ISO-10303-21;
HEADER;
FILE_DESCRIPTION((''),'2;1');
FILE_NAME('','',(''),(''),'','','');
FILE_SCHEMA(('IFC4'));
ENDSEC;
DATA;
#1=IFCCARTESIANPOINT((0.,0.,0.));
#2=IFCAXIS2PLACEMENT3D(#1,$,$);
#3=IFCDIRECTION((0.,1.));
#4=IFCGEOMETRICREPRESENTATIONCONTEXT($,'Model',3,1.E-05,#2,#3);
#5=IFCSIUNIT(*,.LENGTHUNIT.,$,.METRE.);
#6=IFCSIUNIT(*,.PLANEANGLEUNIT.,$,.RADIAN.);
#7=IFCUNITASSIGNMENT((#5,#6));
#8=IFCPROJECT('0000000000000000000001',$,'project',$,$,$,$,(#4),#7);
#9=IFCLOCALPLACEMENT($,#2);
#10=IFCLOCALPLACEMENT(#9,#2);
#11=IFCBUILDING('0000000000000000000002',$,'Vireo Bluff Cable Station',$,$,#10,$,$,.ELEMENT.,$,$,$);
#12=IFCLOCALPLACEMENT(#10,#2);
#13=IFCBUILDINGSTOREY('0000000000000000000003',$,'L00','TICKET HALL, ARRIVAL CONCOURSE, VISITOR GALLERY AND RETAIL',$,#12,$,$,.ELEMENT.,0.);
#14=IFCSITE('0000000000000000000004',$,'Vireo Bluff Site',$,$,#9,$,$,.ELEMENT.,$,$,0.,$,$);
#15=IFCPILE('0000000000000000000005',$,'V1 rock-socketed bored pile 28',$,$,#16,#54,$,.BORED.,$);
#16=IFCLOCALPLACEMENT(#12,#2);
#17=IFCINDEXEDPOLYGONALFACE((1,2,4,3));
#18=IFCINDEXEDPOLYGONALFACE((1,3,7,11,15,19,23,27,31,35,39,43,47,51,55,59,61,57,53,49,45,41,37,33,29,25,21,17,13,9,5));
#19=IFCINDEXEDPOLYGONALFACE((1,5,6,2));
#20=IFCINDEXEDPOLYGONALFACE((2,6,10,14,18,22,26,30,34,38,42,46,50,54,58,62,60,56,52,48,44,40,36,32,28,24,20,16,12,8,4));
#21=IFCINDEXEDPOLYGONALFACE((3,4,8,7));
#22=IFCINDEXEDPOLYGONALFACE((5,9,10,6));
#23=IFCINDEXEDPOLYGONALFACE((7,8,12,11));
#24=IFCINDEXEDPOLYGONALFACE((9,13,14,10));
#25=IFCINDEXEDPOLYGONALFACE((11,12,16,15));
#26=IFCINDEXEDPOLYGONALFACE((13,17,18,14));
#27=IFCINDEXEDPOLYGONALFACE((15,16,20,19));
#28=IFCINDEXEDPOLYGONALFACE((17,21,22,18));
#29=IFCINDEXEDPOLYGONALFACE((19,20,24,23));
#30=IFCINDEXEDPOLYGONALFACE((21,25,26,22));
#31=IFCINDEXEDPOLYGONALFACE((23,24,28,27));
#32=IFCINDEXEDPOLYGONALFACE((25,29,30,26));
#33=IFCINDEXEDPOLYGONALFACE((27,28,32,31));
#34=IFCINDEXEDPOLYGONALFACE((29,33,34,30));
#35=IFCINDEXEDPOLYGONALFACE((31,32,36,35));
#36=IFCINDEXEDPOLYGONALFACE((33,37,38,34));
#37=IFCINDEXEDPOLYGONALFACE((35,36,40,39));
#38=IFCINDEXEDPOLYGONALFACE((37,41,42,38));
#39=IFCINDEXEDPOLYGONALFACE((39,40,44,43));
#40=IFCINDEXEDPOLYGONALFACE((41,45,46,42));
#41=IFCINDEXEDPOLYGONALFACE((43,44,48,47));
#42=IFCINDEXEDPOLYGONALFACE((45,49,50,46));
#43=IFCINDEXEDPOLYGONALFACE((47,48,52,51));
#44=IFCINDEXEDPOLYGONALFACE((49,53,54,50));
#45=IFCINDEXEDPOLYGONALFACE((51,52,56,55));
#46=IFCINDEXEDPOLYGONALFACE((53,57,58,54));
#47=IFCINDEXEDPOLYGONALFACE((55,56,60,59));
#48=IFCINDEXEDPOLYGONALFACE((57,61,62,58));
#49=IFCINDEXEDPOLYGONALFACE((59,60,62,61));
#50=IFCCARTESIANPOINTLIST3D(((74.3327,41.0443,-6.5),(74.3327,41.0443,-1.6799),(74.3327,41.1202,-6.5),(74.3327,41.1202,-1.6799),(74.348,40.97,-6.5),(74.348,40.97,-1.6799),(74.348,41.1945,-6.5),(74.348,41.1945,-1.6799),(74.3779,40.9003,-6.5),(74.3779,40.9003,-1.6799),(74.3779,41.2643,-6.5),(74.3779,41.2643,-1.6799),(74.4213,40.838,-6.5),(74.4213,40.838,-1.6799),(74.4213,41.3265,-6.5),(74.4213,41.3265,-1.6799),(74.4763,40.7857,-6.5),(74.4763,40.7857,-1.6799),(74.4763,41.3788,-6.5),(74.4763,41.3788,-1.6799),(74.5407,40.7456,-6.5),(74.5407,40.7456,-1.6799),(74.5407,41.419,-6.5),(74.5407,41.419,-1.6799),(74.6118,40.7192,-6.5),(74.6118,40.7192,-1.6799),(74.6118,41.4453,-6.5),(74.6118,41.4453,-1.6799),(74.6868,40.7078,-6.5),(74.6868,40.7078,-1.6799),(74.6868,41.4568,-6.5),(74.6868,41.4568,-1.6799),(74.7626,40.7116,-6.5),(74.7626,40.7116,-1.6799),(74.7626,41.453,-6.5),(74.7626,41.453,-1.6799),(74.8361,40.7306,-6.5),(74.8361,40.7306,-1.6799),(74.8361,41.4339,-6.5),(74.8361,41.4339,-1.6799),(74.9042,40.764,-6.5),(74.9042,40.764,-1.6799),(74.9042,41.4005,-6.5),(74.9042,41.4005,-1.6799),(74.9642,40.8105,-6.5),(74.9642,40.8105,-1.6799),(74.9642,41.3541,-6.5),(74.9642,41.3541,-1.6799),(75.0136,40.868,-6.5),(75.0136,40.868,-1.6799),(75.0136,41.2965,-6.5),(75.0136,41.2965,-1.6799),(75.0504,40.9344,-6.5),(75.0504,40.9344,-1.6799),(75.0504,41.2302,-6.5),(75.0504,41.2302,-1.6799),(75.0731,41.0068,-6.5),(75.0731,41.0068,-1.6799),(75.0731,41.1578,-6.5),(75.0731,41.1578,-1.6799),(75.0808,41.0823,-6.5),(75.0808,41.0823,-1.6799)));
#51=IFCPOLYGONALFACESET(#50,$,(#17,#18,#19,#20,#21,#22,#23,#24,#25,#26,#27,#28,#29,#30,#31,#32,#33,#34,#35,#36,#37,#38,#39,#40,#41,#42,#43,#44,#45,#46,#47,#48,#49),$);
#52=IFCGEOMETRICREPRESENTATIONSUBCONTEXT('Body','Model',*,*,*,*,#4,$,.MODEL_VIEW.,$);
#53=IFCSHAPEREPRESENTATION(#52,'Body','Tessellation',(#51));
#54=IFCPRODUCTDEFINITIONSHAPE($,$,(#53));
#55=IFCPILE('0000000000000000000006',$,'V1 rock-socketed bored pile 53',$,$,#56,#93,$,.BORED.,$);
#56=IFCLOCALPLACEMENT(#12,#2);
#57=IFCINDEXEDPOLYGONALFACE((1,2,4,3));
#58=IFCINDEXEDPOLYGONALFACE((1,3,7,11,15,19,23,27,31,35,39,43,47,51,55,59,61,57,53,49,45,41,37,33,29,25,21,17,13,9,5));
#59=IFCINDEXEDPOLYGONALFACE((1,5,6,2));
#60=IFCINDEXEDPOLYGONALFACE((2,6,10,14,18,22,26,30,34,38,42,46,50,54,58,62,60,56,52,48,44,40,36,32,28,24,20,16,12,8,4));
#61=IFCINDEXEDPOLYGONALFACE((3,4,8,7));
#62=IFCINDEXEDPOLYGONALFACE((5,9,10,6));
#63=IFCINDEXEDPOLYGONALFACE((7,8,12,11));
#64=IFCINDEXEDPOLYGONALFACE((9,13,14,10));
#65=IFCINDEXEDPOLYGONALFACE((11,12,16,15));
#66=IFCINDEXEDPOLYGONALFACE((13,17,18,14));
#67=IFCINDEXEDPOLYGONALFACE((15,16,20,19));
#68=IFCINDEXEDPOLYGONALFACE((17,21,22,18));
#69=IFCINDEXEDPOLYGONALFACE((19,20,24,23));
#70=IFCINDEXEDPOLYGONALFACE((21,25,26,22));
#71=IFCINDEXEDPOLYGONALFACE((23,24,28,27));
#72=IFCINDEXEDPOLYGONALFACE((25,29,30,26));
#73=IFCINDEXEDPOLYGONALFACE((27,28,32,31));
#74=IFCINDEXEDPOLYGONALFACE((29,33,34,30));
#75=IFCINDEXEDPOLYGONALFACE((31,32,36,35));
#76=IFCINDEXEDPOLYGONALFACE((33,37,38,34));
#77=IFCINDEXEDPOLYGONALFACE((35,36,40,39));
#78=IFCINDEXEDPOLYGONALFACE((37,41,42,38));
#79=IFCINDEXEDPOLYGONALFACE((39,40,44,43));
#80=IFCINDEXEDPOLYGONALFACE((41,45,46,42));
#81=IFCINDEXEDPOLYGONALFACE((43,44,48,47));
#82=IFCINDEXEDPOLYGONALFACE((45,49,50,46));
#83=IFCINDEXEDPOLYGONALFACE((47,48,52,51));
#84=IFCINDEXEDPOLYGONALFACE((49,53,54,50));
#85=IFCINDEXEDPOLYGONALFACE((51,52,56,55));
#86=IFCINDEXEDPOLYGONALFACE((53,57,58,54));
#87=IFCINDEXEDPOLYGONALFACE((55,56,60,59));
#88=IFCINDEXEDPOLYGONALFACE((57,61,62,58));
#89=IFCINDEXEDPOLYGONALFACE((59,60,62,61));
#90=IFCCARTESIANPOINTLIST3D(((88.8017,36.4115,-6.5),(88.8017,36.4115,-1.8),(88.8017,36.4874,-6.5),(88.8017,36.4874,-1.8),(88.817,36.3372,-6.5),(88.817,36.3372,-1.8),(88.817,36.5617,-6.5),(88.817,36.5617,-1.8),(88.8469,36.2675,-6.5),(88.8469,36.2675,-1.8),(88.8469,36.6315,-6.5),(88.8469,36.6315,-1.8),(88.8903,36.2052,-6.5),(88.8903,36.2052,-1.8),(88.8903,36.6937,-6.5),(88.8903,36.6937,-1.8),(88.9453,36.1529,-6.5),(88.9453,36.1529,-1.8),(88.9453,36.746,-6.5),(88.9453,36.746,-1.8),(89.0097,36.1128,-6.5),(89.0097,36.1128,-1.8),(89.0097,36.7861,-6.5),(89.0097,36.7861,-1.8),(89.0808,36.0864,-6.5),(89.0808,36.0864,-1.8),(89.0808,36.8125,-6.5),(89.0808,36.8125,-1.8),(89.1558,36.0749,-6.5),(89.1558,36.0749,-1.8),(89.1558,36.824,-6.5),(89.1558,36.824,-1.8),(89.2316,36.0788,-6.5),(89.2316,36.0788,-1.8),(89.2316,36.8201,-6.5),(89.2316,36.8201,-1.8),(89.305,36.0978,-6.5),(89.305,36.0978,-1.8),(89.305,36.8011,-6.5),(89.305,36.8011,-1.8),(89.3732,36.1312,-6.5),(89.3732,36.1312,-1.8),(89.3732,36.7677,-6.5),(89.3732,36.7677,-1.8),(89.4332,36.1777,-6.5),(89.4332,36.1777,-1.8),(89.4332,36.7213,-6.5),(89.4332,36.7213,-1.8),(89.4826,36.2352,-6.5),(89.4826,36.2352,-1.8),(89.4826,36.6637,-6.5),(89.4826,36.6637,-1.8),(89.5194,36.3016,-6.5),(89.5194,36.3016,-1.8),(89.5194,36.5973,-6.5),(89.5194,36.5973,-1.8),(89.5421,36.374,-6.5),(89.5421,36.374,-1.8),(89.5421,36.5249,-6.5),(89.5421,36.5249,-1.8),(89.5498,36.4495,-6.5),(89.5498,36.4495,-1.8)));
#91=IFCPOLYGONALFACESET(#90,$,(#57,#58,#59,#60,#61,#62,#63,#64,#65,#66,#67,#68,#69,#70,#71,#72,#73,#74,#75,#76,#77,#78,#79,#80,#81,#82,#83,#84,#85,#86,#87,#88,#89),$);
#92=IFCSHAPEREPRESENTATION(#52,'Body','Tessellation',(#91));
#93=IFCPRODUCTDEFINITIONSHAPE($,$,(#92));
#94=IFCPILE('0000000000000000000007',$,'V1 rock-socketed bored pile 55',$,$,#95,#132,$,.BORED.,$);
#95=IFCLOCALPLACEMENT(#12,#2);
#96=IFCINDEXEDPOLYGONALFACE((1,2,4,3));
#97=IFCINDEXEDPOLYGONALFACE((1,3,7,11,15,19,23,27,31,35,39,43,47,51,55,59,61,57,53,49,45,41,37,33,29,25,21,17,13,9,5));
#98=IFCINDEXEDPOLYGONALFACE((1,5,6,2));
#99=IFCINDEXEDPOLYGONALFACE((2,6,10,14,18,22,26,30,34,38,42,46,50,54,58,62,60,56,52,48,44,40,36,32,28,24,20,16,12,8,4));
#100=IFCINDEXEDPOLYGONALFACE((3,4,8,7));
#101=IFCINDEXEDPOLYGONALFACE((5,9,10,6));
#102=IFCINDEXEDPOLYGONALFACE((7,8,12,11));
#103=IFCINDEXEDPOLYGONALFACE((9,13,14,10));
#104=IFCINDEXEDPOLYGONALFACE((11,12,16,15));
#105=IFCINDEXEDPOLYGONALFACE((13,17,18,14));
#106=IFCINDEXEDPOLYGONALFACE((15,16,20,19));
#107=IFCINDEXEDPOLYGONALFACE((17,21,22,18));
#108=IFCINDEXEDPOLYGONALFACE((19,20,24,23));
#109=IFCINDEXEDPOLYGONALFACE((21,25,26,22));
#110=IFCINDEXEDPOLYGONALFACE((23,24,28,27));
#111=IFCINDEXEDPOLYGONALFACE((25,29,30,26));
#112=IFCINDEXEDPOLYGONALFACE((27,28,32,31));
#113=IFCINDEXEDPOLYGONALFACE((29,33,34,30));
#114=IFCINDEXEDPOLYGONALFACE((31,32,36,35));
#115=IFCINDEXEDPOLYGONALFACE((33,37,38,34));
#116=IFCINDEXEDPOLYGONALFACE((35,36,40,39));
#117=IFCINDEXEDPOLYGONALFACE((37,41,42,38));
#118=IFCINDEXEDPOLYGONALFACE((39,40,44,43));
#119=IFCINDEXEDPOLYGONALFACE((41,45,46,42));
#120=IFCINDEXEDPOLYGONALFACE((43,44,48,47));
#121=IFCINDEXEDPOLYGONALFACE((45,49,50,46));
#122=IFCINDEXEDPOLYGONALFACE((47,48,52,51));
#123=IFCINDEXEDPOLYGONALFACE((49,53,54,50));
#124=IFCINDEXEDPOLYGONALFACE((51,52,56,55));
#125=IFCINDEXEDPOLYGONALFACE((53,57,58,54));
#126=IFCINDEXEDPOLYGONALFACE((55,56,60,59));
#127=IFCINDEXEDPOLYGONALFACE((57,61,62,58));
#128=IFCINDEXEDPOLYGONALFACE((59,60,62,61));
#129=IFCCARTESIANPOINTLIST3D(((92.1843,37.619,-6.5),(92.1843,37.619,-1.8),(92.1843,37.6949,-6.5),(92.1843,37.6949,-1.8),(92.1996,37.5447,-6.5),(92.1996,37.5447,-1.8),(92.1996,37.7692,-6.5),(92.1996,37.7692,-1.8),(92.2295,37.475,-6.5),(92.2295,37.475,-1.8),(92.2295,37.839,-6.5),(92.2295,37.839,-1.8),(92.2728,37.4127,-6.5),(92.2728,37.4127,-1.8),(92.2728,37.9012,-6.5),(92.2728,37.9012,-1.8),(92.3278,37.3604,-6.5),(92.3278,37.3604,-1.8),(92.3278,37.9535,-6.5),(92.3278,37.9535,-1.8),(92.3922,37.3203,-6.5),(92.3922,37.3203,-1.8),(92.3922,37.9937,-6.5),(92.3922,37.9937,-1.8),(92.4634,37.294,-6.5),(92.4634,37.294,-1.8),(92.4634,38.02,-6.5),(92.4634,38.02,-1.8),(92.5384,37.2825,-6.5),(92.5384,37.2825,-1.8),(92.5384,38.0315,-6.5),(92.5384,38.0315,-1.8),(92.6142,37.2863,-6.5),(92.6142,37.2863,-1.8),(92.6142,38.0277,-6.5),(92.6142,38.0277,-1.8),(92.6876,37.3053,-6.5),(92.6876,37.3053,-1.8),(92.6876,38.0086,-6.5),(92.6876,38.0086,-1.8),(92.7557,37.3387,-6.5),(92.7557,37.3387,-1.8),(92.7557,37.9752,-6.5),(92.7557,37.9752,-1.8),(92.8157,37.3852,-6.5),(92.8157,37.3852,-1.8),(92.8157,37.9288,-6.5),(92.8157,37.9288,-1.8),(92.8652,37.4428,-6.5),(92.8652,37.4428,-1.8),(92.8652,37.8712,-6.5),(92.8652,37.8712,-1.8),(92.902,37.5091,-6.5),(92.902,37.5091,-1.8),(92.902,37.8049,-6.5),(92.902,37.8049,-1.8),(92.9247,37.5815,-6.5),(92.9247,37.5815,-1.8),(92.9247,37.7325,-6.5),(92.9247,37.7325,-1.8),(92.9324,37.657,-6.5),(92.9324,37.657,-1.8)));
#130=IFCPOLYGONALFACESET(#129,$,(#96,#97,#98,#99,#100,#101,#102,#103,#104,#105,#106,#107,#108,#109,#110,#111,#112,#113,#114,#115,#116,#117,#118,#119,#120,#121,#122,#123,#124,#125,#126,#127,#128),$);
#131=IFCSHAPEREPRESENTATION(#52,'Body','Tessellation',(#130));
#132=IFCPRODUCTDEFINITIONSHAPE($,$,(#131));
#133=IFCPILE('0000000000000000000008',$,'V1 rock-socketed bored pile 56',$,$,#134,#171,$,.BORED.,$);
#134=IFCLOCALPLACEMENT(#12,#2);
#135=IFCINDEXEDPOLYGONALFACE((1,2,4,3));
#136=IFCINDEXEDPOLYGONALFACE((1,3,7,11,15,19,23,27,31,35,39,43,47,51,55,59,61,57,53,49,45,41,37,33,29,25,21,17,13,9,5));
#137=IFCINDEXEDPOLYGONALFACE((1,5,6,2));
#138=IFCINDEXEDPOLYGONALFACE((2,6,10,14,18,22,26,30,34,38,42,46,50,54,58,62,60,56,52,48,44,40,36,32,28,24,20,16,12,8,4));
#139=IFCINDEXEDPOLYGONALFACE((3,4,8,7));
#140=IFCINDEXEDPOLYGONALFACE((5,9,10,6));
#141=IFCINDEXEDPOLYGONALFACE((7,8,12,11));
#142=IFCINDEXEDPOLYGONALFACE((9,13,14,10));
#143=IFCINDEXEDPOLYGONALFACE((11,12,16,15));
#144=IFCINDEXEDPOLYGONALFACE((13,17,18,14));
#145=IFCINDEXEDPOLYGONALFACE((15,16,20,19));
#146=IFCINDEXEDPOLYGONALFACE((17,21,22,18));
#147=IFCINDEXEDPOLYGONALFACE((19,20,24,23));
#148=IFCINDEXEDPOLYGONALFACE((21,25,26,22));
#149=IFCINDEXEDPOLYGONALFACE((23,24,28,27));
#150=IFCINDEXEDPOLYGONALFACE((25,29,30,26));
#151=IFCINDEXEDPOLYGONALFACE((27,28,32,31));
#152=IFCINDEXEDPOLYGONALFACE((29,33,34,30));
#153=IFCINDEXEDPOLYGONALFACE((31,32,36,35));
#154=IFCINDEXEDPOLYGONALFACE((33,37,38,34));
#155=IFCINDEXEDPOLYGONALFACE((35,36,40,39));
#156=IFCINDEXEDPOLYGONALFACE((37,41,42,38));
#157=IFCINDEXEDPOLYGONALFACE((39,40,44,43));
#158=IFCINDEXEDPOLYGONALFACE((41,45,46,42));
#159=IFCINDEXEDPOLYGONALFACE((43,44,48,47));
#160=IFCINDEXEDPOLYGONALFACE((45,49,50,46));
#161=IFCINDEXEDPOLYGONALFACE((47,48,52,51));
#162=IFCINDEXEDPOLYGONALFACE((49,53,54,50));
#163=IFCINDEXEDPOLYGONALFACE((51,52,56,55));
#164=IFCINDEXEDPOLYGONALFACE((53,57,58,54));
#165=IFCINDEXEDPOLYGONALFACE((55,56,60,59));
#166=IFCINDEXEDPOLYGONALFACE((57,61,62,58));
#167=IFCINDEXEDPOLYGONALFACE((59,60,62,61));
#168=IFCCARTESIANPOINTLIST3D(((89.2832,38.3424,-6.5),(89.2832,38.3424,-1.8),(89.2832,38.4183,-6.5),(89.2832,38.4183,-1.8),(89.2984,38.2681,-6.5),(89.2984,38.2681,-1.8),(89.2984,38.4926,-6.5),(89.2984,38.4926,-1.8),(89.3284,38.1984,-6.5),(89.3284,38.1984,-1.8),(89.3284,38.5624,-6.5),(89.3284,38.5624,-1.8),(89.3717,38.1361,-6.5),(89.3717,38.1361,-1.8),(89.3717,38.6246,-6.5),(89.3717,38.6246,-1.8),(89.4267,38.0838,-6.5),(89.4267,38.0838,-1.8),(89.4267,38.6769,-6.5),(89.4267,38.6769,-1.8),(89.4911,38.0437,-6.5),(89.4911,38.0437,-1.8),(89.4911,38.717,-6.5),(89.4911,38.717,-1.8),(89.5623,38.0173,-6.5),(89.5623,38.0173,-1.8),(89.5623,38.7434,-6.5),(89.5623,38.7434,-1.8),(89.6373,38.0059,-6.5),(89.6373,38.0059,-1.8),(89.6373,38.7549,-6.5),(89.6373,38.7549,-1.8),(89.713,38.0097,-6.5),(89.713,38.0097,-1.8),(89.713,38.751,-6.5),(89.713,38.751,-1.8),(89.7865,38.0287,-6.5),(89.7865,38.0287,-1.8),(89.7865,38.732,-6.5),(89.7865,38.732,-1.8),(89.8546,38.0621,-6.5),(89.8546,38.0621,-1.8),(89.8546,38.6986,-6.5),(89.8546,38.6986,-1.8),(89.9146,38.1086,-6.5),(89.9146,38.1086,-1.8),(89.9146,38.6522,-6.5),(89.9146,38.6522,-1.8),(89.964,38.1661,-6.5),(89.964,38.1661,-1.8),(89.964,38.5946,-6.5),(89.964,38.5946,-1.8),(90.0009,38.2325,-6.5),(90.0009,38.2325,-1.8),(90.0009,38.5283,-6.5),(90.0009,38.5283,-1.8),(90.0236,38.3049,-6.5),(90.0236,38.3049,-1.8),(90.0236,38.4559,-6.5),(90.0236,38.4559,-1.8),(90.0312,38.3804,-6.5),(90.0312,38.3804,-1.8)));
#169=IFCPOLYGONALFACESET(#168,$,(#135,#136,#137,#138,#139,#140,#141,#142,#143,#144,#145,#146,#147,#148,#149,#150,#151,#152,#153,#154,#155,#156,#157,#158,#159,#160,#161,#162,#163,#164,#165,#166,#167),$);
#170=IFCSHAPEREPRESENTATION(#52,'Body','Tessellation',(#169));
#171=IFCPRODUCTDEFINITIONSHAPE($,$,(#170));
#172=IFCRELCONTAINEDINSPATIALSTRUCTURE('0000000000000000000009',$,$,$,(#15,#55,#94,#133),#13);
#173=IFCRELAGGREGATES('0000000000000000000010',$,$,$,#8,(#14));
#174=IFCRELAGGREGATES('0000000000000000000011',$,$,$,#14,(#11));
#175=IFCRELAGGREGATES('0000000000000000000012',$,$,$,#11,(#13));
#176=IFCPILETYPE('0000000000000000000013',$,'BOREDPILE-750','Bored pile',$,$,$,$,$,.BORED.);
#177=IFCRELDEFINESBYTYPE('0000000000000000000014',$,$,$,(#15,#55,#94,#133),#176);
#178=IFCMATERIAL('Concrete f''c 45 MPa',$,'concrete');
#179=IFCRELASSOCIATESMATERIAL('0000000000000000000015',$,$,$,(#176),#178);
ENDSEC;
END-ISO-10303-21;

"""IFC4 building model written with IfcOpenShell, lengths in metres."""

from ifc_helpers import new_model, si_unit, direction, frame, origin, origin_2d, place, context, subcontext, project, spatial, circle, extrude, material, material_profile, profile_set, type_object, element, save


model = new_model("IFC4")

# Units and contexts
model_context = context("Model", 3, precision=1e-05, world=origin(), true_north=direction((0.0, 1.0)))
body_context = subcontext(model_context, "Body", "Model", "MODEL_VIEW")
ifc_project = project(units=[si_unit("LENGTHUNIT", "METRE"), si_unit("PLANEANGLEUNIT", "RADIAN")], contexts=[model_context])

# Site, building, storey
site_placement = place(None, origin())
site = spatial("IfcSite", under=ifc_project, at=site_placement, Name="Vireo Bluff Site", CompositionType="ELEMENT", RefElevation=0.0)
building_placement = place(site_placement, origin())
building = spatial("IfcBuilding", under=site, at=building_placement, Name="Vireo Bluff Cable Station", CompositionType="ELEMENT")
storey_placement = place(building_placement, origin())
storey = spatial("IfcBuildingStorey", under=building, at=storey_placement, Name="L00", Description="TICKET HALL, ARRIVAL CONCOURSE, VISITOR GALLERY AND RETAIL", CompositionType="ELEMENT", Elevation=0.0)

# Piles
ifc_material_1 = material(Name="Concrete f'c 45 MPa", Category="concrete")
ifc_material_profile_1 = material_profile(ifc_material_1, circle(Radius=0.375, at=origin_2d()), Name="BOREDPILE-750")
ifc_profile_set_1 = profile_set([ifc_material_profile_1], Name="Concrete f'c 45 MPa")
pile_type_1 = type_object("IfcPileType", Name="BOREDPILE-750", Description="Bored pile", PredefinedType="BORED", material=ifc_profile_set_1)
pile_placement = place(storey_placement, frame((74.7058, 41.0823, -1.6799), z_axis=(0.0, 0.0, -1.0), x_axis=(1.0, 0.0, 0.0)))
element("IfcPile", 1, at=pile_placement, inside=storey, type_object=pile_type_1, Name="V1 rock-socketed bored pile 28", PredefinedType="BORED", context=body_context, shape_type="SweptSolid", body=[
    extrude(circle(Radius=0.375, at=origin_2d()), origin(), (0.0, 0.0, 1.0), 4.8201),
])
for number, where, z_axis, x_axis, name in (
    (2, (89.1748, 36.4495, -1.8), (0.0, 0.0, -1.0), (1.0, 0.0, 0.0), "V1 rock-socketed bored pile 53"),
    (3, (92.5574, 37.657, -1.8), (0.0, 0.0, -1.0), (1.0, 0.0, 0.0), "V1 rock-socketed bored pile 55"),
    (4, (89.6562, 38.3804, -1.8), (0.0, 0.0, -1.0), (1.0, 0.0, 0.0), "V1 rock-socketed bored pile 56"),
):
    element("IfcPile", number, at=place(storey_placement, frame(where, z_axis=z_axis, x_axis=x_axis)), inside=storey, type_object=pile_type_1, Name=name, PredefinedType="BORED", context=body_context, shape_type="SweptSolid", body=[
        extrude(circle(Radius=0.375, at=origin_2d()), origin(), (0.0, 0.0, 1.0), 4.7),
    ])

save(model, "model.ifc")
